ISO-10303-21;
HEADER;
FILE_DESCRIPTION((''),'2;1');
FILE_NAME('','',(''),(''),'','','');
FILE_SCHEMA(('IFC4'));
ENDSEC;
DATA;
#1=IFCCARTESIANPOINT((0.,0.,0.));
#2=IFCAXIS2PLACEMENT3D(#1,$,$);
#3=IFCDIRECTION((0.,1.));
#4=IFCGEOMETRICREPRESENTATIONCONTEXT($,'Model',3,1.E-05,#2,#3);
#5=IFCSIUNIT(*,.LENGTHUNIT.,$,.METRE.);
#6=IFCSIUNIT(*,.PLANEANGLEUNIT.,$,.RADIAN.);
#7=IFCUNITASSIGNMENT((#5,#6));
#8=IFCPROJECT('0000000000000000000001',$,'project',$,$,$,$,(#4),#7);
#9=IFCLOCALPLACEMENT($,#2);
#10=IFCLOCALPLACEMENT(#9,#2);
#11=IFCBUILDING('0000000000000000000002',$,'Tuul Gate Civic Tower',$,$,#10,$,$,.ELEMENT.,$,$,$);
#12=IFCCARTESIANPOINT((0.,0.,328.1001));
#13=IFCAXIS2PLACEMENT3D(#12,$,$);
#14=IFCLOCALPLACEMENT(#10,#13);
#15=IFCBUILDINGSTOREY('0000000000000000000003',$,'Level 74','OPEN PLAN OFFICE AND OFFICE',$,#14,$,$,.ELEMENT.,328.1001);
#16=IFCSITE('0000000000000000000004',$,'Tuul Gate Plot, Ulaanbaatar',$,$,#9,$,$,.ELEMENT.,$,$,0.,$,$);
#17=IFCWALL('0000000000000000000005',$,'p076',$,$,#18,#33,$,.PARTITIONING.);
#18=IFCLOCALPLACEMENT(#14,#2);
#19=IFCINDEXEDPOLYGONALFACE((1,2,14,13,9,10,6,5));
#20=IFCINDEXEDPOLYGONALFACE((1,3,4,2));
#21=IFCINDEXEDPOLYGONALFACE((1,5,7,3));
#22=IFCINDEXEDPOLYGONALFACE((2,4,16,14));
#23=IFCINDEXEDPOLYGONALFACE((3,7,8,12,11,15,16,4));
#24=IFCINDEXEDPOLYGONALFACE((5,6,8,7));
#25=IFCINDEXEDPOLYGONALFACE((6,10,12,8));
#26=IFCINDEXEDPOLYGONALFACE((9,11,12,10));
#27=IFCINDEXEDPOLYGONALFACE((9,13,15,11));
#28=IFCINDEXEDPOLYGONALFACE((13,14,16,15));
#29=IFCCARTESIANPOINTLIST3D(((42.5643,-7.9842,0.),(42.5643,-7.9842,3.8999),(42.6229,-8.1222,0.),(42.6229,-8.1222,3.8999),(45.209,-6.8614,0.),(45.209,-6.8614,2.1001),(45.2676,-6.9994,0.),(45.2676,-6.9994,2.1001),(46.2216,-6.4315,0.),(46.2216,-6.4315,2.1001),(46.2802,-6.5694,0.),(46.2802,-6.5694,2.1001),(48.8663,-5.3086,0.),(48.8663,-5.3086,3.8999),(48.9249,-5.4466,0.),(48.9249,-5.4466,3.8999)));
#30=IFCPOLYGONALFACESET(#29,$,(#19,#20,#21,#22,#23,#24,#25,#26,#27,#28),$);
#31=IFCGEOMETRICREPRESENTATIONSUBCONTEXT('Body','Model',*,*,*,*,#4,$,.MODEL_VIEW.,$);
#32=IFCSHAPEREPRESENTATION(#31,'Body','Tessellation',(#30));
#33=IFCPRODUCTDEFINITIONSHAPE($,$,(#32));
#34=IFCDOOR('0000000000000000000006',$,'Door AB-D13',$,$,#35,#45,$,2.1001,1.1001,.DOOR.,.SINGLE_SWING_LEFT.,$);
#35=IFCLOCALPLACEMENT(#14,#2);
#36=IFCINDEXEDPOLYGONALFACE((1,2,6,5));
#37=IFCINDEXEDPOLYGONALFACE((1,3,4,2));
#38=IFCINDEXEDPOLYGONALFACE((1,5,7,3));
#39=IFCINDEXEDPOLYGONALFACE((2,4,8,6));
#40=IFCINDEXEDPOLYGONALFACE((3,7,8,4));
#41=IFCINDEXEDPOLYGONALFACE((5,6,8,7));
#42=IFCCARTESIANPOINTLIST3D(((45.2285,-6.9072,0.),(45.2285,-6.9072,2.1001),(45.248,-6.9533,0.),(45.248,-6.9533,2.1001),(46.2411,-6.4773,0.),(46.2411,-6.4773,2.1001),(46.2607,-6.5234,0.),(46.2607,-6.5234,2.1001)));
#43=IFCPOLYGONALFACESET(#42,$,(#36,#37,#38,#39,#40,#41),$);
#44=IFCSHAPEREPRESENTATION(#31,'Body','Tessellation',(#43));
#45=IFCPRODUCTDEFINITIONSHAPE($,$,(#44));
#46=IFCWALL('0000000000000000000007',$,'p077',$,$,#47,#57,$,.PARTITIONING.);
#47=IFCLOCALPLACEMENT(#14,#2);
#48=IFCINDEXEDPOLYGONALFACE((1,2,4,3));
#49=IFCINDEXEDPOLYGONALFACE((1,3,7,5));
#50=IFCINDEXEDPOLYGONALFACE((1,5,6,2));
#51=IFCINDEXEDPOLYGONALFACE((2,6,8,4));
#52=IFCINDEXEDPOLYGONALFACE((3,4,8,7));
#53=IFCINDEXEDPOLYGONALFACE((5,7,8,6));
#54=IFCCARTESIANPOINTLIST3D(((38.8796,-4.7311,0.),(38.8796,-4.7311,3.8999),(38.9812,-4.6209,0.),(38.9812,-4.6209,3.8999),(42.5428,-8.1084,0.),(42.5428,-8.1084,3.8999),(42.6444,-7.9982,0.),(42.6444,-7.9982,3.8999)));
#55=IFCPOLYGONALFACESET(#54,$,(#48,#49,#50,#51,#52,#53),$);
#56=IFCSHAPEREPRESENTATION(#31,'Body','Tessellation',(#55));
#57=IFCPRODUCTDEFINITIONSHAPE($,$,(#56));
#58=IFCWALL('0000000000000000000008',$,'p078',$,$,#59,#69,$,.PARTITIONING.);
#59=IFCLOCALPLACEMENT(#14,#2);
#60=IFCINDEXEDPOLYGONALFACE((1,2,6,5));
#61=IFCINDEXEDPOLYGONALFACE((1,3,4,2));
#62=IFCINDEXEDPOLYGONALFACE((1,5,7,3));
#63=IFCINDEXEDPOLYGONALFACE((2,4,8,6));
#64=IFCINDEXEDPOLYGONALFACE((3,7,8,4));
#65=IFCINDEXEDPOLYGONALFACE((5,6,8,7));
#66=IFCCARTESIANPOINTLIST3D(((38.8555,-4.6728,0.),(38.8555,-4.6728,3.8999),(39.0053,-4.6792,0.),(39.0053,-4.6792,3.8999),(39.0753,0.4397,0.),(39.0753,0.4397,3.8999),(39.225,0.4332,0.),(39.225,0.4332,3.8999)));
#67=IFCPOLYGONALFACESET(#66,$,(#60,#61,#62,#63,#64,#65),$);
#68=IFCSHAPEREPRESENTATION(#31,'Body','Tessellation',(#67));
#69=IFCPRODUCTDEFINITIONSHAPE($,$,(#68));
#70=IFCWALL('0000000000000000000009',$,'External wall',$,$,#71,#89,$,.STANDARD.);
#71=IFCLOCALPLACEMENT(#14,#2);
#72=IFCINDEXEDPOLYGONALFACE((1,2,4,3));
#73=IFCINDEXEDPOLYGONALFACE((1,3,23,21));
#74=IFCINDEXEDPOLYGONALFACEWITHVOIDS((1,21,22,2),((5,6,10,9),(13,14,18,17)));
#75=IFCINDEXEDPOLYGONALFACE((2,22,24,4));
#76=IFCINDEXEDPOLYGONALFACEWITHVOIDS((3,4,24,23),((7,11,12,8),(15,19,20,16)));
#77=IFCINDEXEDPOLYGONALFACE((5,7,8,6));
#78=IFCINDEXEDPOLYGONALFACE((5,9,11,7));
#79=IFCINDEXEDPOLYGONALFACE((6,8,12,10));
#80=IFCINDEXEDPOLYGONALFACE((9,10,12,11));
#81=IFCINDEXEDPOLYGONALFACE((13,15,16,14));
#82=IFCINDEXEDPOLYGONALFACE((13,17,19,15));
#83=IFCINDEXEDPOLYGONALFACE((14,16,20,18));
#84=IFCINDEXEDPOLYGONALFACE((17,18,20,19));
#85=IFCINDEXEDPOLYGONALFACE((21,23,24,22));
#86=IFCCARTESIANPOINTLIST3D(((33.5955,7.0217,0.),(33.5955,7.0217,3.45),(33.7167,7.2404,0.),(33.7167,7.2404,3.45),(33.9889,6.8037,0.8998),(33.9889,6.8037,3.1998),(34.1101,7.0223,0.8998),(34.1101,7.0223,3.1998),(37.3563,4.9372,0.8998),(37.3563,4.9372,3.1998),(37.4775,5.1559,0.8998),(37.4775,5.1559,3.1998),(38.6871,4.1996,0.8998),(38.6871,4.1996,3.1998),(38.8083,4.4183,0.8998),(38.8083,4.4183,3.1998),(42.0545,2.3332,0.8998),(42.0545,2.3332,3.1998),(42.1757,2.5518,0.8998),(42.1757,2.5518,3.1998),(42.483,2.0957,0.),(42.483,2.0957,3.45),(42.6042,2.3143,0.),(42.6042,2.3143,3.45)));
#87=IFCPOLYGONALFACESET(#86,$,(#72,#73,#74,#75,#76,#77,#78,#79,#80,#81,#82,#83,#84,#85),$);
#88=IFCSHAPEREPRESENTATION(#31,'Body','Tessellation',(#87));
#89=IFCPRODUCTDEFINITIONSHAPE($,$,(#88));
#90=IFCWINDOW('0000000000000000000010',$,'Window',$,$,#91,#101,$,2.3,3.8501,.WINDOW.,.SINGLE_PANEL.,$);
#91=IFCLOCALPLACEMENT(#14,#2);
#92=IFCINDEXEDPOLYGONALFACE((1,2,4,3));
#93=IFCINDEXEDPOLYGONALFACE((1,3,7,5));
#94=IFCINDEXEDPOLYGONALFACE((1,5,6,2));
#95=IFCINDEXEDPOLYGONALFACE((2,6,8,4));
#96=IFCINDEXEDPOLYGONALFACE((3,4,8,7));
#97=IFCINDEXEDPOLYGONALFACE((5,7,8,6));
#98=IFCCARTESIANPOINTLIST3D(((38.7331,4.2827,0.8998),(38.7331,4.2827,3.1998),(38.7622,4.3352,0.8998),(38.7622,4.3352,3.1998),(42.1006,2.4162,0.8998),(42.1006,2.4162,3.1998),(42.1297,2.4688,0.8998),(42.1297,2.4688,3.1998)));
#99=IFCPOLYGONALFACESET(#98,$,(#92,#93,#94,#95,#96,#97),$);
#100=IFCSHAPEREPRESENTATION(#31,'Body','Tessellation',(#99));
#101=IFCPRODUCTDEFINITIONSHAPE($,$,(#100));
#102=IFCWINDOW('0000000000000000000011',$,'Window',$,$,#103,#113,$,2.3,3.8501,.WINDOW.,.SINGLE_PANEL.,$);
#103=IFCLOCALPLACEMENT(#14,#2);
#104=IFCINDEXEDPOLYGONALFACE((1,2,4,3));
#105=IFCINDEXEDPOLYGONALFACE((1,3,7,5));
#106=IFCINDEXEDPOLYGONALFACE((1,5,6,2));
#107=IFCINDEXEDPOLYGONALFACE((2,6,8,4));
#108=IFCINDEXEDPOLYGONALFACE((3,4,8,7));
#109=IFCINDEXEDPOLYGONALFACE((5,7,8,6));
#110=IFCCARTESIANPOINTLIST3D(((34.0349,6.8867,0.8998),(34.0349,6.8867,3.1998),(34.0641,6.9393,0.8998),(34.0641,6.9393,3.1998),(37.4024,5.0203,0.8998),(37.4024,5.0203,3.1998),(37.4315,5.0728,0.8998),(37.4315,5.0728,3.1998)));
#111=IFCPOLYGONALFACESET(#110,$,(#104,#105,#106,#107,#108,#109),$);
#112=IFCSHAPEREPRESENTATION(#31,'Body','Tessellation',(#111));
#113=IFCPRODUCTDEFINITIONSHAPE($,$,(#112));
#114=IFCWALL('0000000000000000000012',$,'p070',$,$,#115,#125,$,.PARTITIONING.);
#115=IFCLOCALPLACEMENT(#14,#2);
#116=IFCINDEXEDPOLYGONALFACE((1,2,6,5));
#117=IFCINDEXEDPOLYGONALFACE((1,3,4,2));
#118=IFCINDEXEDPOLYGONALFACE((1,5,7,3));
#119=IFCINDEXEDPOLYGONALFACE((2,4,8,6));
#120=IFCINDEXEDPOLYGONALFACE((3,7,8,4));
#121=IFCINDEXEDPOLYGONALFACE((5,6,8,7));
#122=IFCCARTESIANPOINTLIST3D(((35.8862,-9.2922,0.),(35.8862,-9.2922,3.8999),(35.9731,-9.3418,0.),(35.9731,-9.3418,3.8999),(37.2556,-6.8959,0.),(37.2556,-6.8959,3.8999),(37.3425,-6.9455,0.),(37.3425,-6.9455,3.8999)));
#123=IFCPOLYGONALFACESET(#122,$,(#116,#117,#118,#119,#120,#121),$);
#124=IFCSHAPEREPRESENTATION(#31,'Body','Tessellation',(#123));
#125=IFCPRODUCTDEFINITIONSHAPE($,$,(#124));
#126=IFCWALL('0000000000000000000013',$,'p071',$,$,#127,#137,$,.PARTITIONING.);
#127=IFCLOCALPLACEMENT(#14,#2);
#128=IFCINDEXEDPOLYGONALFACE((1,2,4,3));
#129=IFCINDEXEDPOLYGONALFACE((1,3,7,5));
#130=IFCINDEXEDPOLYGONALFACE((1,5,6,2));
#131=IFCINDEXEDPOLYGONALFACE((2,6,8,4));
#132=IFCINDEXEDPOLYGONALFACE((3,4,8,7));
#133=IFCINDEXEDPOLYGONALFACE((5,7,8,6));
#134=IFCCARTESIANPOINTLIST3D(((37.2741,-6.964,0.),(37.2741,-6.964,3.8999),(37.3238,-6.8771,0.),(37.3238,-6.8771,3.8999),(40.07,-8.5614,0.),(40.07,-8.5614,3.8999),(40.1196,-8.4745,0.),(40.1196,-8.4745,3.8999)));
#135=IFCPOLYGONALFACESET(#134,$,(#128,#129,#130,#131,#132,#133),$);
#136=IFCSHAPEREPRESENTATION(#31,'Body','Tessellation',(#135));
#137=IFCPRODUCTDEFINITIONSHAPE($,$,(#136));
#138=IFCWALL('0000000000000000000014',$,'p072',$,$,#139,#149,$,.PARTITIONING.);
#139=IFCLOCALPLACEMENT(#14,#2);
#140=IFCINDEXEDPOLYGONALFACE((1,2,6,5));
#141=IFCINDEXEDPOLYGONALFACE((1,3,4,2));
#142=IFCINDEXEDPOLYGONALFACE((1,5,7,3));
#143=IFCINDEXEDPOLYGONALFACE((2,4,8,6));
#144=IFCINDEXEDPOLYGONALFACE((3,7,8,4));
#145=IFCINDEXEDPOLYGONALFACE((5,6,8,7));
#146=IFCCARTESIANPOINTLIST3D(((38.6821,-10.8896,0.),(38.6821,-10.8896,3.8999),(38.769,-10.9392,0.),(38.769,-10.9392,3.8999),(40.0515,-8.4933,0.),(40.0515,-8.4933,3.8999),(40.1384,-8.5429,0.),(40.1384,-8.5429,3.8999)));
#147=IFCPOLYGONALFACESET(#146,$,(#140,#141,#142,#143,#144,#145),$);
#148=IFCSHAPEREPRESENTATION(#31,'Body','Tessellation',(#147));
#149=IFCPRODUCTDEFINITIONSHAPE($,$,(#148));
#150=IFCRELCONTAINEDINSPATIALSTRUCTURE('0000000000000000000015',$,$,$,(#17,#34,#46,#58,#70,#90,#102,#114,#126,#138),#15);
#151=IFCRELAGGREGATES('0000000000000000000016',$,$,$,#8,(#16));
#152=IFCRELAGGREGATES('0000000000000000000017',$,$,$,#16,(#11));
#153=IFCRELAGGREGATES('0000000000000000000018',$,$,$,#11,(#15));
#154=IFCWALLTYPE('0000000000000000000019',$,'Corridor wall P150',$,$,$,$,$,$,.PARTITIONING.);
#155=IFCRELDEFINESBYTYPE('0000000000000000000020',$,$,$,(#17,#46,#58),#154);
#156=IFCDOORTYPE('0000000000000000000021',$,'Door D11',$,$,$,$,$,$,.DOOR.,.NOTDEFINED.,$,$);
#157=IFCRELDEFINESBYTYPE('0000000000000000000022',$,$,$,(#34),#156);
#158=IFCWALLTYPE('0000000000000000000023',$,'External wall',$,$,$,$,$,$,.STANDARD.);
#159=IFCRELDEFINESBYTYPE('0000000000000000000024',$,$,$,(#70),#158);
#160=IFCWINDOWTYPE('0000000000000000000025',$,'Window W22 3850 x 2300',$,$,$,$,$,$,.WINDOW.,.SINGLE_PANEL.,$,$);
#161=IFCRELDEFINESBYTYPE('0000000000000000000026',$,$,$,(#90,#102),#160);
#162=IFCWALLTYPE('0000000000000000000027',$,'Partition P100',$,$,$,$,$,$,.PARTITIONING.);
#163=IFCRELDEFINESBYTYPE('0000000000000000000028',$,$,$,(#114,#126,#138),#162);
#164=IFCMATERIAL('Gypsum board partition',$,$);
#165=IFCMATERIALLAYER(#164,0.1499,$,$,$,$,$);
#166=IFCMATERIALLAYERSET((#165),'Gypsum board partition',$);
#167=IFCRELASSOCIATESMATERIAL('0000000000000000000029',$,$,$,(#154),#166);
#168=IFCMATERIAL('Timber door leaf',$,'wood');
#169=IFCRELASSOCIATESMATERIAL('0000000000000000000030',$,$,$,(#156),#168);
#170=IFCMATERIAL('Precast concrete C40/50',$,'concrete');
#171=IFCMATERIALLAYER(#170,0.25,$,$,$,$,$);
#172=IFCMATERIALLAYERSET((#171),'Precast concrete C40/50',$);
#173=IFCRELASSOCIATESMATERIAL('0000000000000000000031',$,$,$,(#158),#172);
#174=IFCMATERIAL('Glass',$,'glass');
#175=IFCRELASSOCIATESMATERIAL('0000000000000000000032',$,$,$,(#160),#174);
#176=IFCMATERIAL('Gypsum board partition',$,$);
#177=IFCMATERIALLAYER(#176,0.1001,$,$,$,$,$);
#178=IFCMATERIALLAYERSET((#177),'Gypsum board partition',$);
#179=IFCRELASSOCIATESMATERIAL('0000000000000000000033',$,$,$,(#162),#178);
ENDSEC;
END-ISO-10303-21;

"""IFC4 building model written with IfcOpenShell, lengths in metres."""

from ifc_helpers import new_model, si_unit, direction, frame, frame_2d, origin, place, context, subcontext, project, spatial, rectangle, extrude, material, layer, layer_set, type_object, element, fill, save


model = new_model("IFC4")

# Units and contexts
model_context = context("Model", 3, precision=1e-05, world=origin(), true_north=direction((0.0, 1.0)))
body_context = subcontext(model_context, "Body", "Model", "MODEL_VIEW")
ifc_project = project(units=[si_unit("LENGTHUNIT", "METRE"), si_unit("PLANEANGLEUNIT", "RADIAN")], contexts=[model_context])

# Site, building, storey
site_placement = place(None, origin())
site = spatial("IfcSite", under=ifc_project, at=site_placement, Name="Tuul Gate Plot, Ulaanbaatar", CompositionType="ELEMENT", RefElevation=0.0)
building_placement = place(site_placement, origin())
building = spatial("IfcBuilding", under=site, at=building_placement, Name="Tuul Gate Civic Tower", CompositionType="ELEMENT")
storey_placement = place(building_placement, frame((0.0, 0.0, 328.1001)))
storey = spatial("IfcBuildingStorey", under=building, at=storey_placement, Name="Level 74", Description="OPEN PLAN OFFICE AND OFFICE", CompositionType="ELEMENT", Elevation=328.1001)

# Shared definitions
ifc_material_1 = material(Name="Gypsum board partition")
ifc_layer_1 = layer(ifc_material_1, 0.1499)
ifc_layer_set_1 = layer_set([ifc_layer_1], Name="Gypsum board partition")
wall_type_1 = type_object("IfcWallType", Name="Corridor wall P150", PredefinedType="PARTITIONING", material=ifc_layer_set_1)

# Wall, opening, door
wall_1_placement = place(storey_placement, frame((42.5935, -8.0532, 0.0), z_axis=(0.0, 0.0, 1.0), x_axis=(0.920479, 0.390793, 0.0)))
wall_1 = element("IfcWall", 1, at=wall_1_placement, inside=storey, type_object=wall_type_1, Name="p076", PredefinedType="PARTITIONING", context=body_context, shape_type="SweptSolid", body=[
    extrude(rectangle(XDim=6.8464, YDim=0.1499, at=frame_2d((3.4233, 0.0))), origin(), (0.0, 0.0, 1.0), 3.8999),
])
opening_1_placement = place(wall_1_placement, frame((2.8733, 0.0, 0.0)))
opening_1 = element("IfcOpeningElement", 2, at=opening_1_placement, cuts=wall_1, PredefinedType="OPENING", context=body_context, shape_type="SweptSolid", body=[
    extrude(rectangle(XDim=1.1001, YDim=2.1001, at=frame_2d((0.55, 1.05))), frame((0.0, 0.085, 0.0), z_axis=(0.0, -1.0, 0.0), x_axis=(1.0, 0.0, 0.0)), (0.0, 0.0, 1.0), 0.1699),
])
ifc_material_2 = material(Name="Timber door leaf", Category="wood")
door_type_1 = type_object("IfcDoorType", Name="Door D11", OperationType="NOTDEFINED", PredefinedType="DOOR", material=ifc_material_2)
door_1_placement = place(opening_1_placement, frame((1.1001, 0.0, 0.0), z_axis=(0.0, 0.0, 1.0), x_axis=(-1.0, 0.0, 0.0)))
door_1 = element("IfcDoor", 3, at=door_1_placement, inside=storey, type_object=door_type_1, Name="Door AB-D13", OperationType="SINGLE_SWING_LEFT", OverallHeight=2.1001, OverallWidth=1.1001, PredefinedType="DOOR", context=body_context, shape_type="SweptSolid", body=[
    extrude(rectangle(XDim=1.1001, YDim=2.1001, at=frame_2d((0.55, 1.05))), frame((0.0, 0.0249, 0.0), z_axis=(0.0, -1.0, 0.0), x_axis=(1.0, 0.0, 0.0)), (0.0, 0.0, 1.0), 0.05),
])
fill(opening_1, door_1)

# Walls
wall_2_placement = place(storey_placement, frame((38.9304, -4.676, 0.0), z_axis=(0.0, 0.0, 1.0), x_axis=(0.735215, -0.677834, 0.0)))
element("IfcWall", 4, at=wall_2_placement, inside=storey, type_object=wall_type_1, Name="p077", PredefinedType="PARTITIONING", context=body_context, shape_type="SweptSolid", body=[
    extrude(rectangle(XDim=4.9824, YDim=0.1499, at=frame_2d((2.4912, 0.0))), origin(), (0.0, 0.0, 1.0), 3.8999),
])
wall_3_placement = place(storey_placement, frame((38.9304, -4.676, 0.0), z_axis=(0.0, 0.0, 1.0), x_axis=(0.042938, 0.999078, 0.0)))
element("IfcWall", 5, at=wall_3_placement, inside=storey, type_object=wall_type_1, Name="p078", PredefinedType="PARTITIONING", context=body_context, shape_type="SweptSolid", body=[
    extrude(rectangle(XDim=5.1172, YDim=0.1499, at=frame_2d((2.5586, 0.0))), origin(), (0.0, 0.0, 1.0), 3.8999),
])

# Wall, openings, windows
ifc_material_3 = material(Name="Precast concrete C40/50", Category="concrete")
ifc_layer_2 = layer(ifc_material_3, 0.25)
ifc_layer_set_2 = layer_set([ifc_layer_2], Name="Precast concrete C40/50")
wall_type_2 = type_object("IfcWallType", Name="External wall", PredefinedType="STANDARD", material=ifc_layer_set_2)
wall_4_placement = place(storey_placement, frame((42.5435, 2.2051, 0.0), z_axis=(0.0, 0.0, 1.0), x_axis=(-0.874635, 0.484782, 0.0)))
wall_4 = element("IfcWall", 6, at=wall_4_placement, inside=storey, type_object=wall_type_2, Name="External wall", PredefinedType="STANDARD", context=body_context, shape_type="SweptSolid", body=[
    extrude(rectangle(XDim=10.1614, YDim=0.25, at=frame_2d((5.0806, 0.0))), origin(), (0.0, 0.0, 1.0), 3.45),
])
opening_2_placement = place(wall_4_placement, frame((0.4897, 0.0, 0.8999)))
opening_2 = element("IfcOpeningElement", 7, at=opening_2_placement, cuts=wall_4, PredefinedType="OPENING", context=body_context, shape_type="SweptSolid", body=[
    extrude(rectangle(XDim=3.8501, YDim=2.3, at=frame_2d((1.925, 1.1499))), frame((0.0, 0.135, 0.0), z_axis=(0.0, -1.0, 0.0), x_axis=(1.0, 0.0, 0.0)), (0.0, 0.0, 1.0), 0.27),
])
opening_3_placement = place(wall_4_placement, frame((5.8613, 0.0, 0.8999)))
opening_3 = element("IfcOpeningElement", 8, at=opening_3_placement, cuts=wall_4, PredefinedType="OPENING", context=body_context, shape_type="SweptSolid", body=[
    extrude(rectangle(XDim=3.8501, YDim=2.3, at=frame_2d((1.925, 1.1499))), frame((0.0, 0.135, 0.0), z_axis=(0.0, -1.0, 0.0), x_axis=(1.0, 0.0, 0.0)), (0.0, 0.0, 1.0), 0.27),
])
ifc_material_4 = material(Name="Glass", Category="glass")
window_type = type_object("IfcWindowType", Name="Window W22 3850 x 2300", PartitioningType="SINGLE_PANEL", PredefinedType="WINDOW", material=ifc_material_4)
window_1_placement = place(opening_2_placement, origin())
window_1 = element("IfcWindow", 9, at=window_1_placement, inside=storey, type_object=window_type, Name="Window", OverallHeight=2.3, OverallWidth=3.8501, PartitioningType="SINGLE_PANEL", PredefinedType="WINDOW", context=body_context, shape_type="SweptSolid", body=[
    extrude(rectangle(XDim=3.8501, YDim=2.3, at=frame_2d((1.925, 1.1499))), frame((0.0, 0.03, 0.0), z_axis=(0.0, -1.0, 0.0), x_axis=(1.0, 0.0, 0.0)), (0.0, 0.0, 1.0), 0.0601),
])
fill(opening_2, window_1)
window_2_placement = place(opening_3_placement, origin())
window_2 = element("IfcWindow", 10, at=window_2_placement, inside=storey, type_object=window_type, Name="Window", OverallHeight=2.3, OverallWidth=3.8501, PartitioningType="SINGLE_PANEL", PredefinedType="WINDOW", context=body_context, shape_type="SweptSolid", body=[
    extrude(rectangle(XDim=3.8501, YDim=2.3, at=frame_2d((1.925, 1.1499))), frame((0.0, 0.03, 0.0), z_axis=(0.0, -1.0, 0.0), x_axis=(1.0, 0.0, 0.0)), (0.0, 0.0, 1.0), 0.0601),
])
fill(opening_3, window_2)

# Walls
ifc_material_5 = material(Name="Gypsum board partition")
ifc_layer_3 = layer(ifc_material_5, 0.1001)
ifc_layer_set_3 = layer_set([ifc_layer_3], Name="Gypsum board partition")
wall_type_3 = type_object("IfcWallType", Name="Partition P100", PredefinedType="PARTITIONING", material=ifc_layer_set_3)
wall_5_placement = place(storey_placement, frame((35.9297, -9.3169, 0.0), z_axis=(0.0, 0.0, 1.0), x_axis=(0.496168, 0.868227, 0.0)))
element("IfcWall", 11, at=wall_5_placement, inside=storey, type_object=wall_type_3, Name="p070", PredefinedType="PARTITIONING", context=body_context, shape_type="SweptSolid", body=[
    extrude(rectangle(XDim=2.76, YDim=0.1001, at=frame_2d((1.3799, 0.0))), origin(), (0.0, 0.0, 1.0), 3.8999),
])
wall_6_placement = place(storey_placement, frame((37.2991, -6.9207, 0.0), z_axis=(0.0, 0.0, 1.0), x_axis=(0.868276, -0.496082, 0.0)))
element("IfcWall", 12, at=wall_6_placement, inside=storey, type_object=wall_type_3, Name="p071", PredefinedType="PARTITIONING", context=body_context, shape_type="SweptSolid", body=[
    extrude(rectangle(XDim=3.22, YDim=0.1001, at=frame_2d((1.6099, 0.0))), origin(), (0.0, 0.0, 1.0), 3.8999),
])
wall_7_placement = place(storey_placement, frame((38.7256, -10.9143, 0.0), z_axis=(0.0, 0.0, 1.0), x_axis=(0.496168, 0.868227, 0.0)))
element("IfcWall", 13, at=wall_7_placement, inside=storey, type_object=wall_type_3, Name="p072", PredefinedType="PARTITIONING", context=body_context, shape_type="SweptSolid", body=[
    extrude(rectangle(XDim=2.76, YDim=0.1001, at=frame_2d((1.3799, 0.0))), origin(), (0.0, 0.0, 1.0), 3.8999),
])

save(model, "model.ifc")
